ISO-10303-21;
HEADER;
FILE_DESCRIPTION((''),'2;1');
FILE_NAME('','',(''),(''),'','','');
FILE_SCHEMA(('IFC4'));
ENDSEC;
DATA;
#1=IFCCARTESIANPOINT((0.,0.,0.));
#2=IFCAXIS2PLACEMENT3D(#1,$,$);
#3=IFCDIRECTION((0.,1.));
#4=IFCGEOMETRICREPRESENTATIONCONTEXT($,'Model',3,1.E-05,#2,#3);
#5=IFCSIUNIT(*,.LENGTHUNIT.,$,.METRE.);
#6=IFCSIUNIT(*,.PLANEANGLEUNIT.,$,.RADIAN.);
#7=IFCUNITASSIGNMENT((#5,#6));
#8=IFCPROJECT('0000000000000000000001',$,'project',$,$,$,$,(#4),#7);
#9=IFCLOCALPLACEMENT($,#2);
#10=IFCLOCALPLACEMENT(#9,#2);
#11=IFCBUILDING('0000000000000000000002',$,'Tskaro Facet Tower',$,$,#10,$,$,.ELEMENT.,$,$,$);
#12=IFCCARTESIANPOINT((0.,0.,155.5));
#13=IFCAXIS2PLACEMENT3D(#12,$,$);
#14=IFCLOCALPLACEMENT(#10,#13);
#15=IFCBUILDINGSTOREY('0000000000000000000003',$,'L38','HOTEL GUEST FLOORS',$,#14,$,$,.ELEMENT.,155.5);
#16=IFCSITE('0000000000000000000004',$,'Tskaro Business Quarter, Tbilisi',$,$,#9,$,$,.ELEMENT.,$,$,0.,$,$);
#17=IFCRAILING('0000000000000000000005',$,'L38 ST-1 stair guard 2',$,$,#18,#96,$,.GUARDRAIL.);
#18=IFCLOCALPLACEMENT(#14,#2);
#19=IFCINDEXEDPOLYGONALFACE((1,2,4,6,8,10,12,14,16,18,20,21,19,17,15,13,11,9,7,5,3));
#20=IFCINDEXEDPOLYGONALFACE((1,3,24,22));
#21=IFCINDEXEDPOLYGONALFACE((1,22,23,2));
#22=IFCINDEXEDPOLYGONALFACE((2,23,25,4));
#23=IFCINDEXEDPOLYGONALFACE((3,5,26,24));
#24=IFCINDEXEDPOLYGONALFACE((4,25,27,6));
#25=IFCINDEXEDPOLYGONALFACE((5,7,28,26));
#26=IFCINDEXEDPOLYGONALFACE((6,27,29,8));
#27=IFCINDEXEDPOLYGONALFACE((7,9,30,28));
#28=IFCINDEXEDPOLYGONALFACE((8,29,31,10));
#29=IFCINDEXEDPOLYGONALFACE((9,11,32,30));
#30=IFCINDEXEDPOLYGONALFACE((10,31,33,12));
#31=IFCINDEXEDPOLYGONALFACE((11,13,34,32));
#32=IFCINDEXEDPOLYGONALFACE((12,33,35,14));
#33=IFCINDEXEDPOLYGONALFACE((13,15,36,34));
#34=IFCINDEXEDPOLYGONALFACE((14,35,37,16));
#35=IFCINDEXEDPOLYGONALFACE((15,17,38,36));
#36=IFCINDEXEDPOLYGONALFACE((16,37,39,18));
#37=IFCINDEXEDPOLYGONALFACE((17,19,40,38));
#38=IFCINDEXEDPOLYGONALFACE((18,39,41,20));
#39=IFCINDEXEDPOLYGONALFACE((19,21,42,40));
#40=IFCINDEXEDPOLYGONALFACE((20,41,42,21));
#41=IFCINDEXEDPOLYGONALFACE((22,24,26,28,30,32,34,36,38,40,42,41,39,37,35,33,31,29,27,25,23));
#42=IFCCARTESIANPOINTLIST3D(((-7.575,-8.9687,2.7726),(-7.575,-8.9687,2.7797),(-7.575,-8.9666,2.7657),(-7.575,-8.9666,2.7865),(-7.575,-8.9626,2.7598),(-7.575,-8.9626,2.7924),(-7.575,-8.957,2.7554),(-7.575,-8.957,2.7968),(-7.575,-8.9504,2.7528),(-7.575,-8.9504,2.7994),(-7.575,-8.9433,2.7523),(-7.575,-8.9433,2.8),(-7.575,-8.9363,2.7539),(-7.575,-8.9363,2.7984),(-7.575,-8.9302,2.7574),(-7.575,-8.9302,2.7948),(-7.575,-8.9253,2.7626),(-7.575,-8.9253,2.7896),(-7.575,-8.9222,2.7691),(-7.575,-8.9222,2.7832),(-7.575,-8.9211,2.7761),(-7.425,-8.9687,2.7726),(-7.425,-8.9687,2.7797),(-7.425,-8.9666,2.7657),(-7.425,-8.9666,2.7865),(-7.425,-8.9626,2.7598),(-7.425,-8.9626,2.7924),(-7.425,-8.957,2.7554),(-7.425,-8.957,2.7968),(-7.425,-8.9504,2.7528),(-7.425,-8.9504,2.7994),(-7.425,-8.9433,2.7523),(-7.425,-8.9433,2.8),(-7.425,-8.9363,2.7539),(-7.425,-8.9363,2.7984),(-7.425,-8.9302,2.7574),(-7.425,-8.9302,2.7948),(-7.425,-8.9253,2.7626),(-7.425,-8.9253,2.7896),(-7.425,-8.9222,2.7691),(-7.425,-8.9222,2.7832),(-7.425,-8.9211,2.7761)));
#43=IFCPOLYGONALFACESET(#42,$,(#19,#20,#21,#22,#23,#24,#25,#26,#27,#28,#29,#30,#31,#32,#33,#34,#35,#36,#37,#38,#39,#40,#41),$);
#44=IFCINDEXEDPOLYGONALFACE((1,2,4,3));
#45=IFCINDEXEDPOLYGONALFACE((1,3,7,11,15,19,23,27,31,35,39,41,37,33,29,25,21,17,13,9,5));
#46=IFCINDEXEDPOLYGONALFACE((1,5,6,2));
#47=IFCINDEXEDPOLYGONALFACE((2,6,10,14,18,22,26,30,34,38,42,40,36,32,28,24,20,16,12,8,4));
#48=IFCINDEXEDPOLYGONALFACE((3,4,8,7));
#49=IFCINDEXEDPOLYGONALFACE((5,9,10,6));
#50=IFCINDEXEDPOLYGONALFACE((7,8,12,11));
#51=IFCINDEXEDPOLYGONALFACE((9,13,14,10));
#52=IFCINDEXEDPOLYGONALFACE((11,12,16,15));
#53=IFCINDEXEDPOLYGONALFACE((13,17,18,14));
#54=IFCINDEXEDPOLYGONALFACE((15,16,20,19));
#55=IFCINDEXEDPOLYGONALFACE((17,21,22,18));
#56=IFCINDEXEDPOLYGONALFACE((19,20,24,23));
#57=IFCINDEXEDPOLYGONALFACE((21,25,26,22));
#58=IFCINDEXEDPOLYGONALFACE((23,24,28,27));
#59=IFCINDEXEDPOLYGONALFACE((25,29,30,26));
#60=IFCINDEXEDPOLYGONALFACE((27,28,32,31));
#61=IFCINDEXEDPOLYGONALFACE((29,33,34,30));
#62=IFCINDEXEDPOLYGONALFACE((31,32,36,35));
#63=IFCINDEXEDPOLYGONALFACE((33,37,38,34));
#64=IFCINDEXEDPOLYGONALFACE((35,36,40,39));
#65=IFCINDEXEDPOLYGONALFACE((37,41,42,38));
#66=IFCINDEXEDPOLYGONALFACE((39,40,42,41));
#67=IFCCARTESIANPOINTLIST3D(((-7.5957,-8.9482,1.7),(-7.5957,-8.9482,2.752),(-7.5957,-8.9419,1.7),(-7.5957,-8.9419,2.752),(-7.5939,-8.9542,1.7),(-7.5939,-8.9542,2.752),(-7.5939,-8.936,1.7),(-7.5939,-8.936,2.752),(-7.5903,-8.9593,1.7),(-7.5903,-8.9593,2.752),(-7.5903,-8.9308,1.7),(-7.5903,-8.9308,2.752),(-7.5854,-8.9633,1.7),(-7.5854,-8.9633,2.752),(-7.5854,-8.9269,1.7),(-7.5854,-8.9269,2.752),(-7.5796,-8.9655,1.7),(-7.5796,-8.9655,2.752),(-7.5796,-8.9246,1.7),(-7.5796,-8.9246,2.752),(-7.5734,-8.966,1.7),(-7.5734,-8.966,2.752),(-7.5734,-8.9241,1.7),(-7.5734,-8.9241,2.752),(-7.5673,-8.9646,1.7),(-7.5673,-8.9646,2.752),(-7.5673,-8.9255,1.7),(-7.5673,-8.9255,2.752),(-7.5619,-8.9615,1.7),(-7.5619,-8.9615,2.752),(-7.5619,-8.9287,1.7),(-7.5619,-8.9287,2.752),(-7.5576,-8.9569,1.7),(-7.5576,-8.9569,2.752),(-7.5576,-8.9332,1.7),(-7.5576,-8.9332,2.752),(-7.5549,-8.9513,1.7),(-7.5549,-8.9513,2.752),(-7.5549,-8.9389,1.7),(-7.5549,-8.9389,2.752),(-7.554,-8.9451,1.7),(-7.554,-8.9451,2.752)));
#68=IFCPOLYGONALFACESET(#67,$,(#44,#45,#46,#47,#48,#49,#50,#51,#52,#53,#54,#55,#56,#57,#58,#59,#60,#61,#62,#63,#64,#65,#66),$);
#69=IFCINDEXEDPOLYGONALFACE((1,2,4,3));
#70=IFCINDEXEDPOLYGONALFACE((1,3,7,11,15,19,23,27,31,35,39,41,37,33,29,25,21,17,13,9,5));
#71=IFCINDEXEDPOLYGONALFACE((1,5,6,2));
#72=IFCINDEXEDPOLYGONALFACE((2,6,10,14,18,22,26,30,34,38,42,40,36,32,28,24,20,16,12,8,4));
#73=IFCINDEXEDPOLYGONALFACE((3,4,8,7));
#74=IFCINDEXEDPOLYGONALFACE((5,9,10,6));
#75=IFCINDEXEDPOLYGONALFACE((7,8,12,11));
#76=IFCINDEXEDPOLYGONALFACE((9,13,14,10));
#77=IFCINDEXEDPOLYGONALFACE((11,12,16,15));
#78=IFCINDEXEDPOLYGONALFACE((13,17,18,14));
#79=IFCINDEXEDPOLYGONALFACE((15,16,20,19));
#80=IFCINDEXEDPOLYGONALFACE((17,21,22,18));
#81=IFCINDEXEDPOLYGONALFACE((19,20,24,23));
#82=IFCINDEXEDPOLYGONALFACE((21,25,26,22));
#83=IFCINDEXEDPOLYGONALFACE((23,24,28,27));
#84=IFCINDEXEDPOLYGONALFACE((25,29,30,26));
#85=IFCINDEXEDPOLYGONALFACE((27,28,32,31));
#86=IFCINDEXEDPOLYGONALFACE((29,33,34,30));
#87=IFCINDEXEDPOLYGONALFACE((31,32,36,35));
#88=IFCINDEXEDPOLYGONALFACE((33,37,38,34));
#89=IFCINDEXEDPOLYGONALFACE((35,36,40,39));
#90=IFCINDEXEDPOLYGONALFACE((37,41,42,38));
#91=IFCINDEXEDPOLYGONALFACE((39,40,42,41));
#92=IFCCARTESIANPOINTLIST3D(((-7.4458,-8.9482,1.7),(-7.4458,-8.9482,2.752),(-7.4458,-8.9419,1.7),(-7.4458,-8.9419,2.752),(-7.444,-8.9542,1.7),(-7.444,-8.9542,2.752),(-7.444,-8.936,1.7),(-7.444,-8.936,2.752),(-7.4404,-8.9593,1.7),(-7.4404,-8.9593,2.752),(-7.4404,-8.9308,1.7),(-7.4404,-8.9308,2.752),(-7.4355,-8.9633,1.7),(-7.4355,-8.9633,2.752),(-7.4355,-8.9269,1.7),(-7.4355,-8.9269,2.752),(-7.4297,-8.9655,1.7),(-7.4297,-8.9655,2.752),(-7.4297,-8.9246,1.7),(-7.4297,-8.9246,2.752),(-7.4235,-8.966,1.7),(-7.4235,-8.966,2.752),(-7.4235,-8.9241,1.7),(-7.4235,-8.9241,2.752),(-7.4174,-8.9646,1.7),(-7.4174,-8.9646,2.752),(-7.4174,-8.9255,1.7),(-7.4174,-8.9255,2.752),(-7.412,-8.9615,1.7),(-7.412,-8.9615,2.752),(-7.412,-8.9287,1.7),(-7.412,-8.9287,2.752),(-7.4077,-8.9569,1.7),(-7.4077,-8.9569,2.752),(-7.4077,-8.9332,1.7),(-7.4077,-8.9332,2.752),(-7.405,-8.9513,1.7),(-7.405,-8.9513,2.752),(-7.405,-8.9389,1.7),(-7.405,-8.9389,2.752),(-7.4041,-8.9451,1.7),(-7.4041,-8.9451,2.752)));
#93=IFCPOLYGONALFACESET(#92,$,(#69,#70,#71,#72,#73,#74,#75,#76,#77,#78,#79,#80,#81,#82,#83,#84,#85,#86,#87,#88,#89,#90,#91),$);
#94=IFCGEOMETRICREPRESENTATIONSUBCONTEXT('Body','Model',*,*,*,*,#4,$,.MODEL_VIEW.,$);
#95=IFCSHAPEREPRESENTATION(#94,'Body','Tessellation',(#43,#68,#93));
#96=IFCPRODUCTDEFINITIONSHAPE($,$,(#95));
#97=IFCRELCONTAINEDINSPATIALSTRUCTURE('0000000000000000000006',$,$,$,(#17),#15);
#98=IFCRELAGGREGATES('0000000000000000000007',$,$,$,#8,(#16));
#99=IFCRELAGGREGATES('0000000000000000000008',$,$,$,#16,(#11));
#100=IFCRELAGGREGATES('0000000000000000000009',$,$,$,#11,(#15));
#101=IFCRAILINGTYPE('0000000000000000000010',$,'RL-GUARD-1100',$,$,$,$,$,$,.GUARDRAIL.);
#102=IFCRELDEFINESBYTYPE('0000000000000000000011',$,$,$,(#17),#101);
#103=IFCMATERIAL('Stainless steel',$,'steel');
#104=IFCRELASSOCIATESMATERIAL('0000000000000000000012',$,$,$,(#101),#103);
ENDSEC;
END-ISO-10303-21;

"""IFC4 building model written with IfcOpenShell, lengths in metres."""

from ifc_helpers import new_model, si_unit, direction, frame, origin, origin_2d, place, context, subcontext, project, spatial, circle, extrude, material, type_object, element, save


model = new_model("IFC4")

# Units and contexts
model_context = context("Model", 3, precision=1e-05, world=origin(), true_north=direction((0.0, 1.0)))
body_context = subcontext(model_context, "Body", "Model", "MODEL_VIEW")
ifc_project = project(units=[si_unit("LENGTHUNIT", "METRE"), si_unit("PLANEANGLEUNIT", "RADIAN")], contexts=[model_context])

# Site, building, storey
site_placement = place(None, origin())
site = spatial("IfcSite", under=ifc_project, at=site_placement, Name="Tskaro Business Quarter, Tbilisi", CompositionType="ELEMENT", RefElevation=0.0)
building_placement = place(site_placement, origin())
building = spatial("IfcBuilding", under=site, at=building_placement, Name="Tskaro Facet Tower", CompositionType="ELEMENT")
storey_placement = place(building_placement, frame((0.0, 0.0, 155.5)))
storey = spatial("IfcBuildingStorey", under=building, at=storey_placement, Name="L38", Description="HOTEL GUEST FLOORS", CompositionType="ELEMENT", Elevation=155.5)

# Shared definitions
ifc_material_1 = material(Name="Stainless steel", Category="steel")

# Railing
railing_type_1 = type_object("IfcRailingType", Name="RL-GUARD-1100", PredefinedType="GUARDRAIL", material=ifc_material_1)
railing_1_placement = place(storey_placement, frame((-7.575, -8.9451, 1.7)))
element("IfcRailing", 1, at=railing_1_placement, inside=storey, type_object=railing_type_1, Name="L38 ST-1 stair guard 2", PredefinedType="GUARDRAIL", context=body_context, shape_type="SweptSolid", body=[
    extrude(circle(Radius=0.0239, at=origin_2d()), frame((0.0, 0.0, 1.0762), z_axis=(1.0, 0.0, 0.0), x_axis=(0.0, 1.0, 0.0)), (0.0, 0.0, 1.0), 0.1499),
    extrude(circle(Radius=0.021, at=origin_2d()), origin(), (0.0, 0.0, 1.0), 1.052),
    extrude(circle(Radius=0.021, at=origin_2d()), frame((0.1499, 0.0, 0.0)), (0.0, 0.0, 1.0), 1.052),
])

save(model, "model.ifc")
